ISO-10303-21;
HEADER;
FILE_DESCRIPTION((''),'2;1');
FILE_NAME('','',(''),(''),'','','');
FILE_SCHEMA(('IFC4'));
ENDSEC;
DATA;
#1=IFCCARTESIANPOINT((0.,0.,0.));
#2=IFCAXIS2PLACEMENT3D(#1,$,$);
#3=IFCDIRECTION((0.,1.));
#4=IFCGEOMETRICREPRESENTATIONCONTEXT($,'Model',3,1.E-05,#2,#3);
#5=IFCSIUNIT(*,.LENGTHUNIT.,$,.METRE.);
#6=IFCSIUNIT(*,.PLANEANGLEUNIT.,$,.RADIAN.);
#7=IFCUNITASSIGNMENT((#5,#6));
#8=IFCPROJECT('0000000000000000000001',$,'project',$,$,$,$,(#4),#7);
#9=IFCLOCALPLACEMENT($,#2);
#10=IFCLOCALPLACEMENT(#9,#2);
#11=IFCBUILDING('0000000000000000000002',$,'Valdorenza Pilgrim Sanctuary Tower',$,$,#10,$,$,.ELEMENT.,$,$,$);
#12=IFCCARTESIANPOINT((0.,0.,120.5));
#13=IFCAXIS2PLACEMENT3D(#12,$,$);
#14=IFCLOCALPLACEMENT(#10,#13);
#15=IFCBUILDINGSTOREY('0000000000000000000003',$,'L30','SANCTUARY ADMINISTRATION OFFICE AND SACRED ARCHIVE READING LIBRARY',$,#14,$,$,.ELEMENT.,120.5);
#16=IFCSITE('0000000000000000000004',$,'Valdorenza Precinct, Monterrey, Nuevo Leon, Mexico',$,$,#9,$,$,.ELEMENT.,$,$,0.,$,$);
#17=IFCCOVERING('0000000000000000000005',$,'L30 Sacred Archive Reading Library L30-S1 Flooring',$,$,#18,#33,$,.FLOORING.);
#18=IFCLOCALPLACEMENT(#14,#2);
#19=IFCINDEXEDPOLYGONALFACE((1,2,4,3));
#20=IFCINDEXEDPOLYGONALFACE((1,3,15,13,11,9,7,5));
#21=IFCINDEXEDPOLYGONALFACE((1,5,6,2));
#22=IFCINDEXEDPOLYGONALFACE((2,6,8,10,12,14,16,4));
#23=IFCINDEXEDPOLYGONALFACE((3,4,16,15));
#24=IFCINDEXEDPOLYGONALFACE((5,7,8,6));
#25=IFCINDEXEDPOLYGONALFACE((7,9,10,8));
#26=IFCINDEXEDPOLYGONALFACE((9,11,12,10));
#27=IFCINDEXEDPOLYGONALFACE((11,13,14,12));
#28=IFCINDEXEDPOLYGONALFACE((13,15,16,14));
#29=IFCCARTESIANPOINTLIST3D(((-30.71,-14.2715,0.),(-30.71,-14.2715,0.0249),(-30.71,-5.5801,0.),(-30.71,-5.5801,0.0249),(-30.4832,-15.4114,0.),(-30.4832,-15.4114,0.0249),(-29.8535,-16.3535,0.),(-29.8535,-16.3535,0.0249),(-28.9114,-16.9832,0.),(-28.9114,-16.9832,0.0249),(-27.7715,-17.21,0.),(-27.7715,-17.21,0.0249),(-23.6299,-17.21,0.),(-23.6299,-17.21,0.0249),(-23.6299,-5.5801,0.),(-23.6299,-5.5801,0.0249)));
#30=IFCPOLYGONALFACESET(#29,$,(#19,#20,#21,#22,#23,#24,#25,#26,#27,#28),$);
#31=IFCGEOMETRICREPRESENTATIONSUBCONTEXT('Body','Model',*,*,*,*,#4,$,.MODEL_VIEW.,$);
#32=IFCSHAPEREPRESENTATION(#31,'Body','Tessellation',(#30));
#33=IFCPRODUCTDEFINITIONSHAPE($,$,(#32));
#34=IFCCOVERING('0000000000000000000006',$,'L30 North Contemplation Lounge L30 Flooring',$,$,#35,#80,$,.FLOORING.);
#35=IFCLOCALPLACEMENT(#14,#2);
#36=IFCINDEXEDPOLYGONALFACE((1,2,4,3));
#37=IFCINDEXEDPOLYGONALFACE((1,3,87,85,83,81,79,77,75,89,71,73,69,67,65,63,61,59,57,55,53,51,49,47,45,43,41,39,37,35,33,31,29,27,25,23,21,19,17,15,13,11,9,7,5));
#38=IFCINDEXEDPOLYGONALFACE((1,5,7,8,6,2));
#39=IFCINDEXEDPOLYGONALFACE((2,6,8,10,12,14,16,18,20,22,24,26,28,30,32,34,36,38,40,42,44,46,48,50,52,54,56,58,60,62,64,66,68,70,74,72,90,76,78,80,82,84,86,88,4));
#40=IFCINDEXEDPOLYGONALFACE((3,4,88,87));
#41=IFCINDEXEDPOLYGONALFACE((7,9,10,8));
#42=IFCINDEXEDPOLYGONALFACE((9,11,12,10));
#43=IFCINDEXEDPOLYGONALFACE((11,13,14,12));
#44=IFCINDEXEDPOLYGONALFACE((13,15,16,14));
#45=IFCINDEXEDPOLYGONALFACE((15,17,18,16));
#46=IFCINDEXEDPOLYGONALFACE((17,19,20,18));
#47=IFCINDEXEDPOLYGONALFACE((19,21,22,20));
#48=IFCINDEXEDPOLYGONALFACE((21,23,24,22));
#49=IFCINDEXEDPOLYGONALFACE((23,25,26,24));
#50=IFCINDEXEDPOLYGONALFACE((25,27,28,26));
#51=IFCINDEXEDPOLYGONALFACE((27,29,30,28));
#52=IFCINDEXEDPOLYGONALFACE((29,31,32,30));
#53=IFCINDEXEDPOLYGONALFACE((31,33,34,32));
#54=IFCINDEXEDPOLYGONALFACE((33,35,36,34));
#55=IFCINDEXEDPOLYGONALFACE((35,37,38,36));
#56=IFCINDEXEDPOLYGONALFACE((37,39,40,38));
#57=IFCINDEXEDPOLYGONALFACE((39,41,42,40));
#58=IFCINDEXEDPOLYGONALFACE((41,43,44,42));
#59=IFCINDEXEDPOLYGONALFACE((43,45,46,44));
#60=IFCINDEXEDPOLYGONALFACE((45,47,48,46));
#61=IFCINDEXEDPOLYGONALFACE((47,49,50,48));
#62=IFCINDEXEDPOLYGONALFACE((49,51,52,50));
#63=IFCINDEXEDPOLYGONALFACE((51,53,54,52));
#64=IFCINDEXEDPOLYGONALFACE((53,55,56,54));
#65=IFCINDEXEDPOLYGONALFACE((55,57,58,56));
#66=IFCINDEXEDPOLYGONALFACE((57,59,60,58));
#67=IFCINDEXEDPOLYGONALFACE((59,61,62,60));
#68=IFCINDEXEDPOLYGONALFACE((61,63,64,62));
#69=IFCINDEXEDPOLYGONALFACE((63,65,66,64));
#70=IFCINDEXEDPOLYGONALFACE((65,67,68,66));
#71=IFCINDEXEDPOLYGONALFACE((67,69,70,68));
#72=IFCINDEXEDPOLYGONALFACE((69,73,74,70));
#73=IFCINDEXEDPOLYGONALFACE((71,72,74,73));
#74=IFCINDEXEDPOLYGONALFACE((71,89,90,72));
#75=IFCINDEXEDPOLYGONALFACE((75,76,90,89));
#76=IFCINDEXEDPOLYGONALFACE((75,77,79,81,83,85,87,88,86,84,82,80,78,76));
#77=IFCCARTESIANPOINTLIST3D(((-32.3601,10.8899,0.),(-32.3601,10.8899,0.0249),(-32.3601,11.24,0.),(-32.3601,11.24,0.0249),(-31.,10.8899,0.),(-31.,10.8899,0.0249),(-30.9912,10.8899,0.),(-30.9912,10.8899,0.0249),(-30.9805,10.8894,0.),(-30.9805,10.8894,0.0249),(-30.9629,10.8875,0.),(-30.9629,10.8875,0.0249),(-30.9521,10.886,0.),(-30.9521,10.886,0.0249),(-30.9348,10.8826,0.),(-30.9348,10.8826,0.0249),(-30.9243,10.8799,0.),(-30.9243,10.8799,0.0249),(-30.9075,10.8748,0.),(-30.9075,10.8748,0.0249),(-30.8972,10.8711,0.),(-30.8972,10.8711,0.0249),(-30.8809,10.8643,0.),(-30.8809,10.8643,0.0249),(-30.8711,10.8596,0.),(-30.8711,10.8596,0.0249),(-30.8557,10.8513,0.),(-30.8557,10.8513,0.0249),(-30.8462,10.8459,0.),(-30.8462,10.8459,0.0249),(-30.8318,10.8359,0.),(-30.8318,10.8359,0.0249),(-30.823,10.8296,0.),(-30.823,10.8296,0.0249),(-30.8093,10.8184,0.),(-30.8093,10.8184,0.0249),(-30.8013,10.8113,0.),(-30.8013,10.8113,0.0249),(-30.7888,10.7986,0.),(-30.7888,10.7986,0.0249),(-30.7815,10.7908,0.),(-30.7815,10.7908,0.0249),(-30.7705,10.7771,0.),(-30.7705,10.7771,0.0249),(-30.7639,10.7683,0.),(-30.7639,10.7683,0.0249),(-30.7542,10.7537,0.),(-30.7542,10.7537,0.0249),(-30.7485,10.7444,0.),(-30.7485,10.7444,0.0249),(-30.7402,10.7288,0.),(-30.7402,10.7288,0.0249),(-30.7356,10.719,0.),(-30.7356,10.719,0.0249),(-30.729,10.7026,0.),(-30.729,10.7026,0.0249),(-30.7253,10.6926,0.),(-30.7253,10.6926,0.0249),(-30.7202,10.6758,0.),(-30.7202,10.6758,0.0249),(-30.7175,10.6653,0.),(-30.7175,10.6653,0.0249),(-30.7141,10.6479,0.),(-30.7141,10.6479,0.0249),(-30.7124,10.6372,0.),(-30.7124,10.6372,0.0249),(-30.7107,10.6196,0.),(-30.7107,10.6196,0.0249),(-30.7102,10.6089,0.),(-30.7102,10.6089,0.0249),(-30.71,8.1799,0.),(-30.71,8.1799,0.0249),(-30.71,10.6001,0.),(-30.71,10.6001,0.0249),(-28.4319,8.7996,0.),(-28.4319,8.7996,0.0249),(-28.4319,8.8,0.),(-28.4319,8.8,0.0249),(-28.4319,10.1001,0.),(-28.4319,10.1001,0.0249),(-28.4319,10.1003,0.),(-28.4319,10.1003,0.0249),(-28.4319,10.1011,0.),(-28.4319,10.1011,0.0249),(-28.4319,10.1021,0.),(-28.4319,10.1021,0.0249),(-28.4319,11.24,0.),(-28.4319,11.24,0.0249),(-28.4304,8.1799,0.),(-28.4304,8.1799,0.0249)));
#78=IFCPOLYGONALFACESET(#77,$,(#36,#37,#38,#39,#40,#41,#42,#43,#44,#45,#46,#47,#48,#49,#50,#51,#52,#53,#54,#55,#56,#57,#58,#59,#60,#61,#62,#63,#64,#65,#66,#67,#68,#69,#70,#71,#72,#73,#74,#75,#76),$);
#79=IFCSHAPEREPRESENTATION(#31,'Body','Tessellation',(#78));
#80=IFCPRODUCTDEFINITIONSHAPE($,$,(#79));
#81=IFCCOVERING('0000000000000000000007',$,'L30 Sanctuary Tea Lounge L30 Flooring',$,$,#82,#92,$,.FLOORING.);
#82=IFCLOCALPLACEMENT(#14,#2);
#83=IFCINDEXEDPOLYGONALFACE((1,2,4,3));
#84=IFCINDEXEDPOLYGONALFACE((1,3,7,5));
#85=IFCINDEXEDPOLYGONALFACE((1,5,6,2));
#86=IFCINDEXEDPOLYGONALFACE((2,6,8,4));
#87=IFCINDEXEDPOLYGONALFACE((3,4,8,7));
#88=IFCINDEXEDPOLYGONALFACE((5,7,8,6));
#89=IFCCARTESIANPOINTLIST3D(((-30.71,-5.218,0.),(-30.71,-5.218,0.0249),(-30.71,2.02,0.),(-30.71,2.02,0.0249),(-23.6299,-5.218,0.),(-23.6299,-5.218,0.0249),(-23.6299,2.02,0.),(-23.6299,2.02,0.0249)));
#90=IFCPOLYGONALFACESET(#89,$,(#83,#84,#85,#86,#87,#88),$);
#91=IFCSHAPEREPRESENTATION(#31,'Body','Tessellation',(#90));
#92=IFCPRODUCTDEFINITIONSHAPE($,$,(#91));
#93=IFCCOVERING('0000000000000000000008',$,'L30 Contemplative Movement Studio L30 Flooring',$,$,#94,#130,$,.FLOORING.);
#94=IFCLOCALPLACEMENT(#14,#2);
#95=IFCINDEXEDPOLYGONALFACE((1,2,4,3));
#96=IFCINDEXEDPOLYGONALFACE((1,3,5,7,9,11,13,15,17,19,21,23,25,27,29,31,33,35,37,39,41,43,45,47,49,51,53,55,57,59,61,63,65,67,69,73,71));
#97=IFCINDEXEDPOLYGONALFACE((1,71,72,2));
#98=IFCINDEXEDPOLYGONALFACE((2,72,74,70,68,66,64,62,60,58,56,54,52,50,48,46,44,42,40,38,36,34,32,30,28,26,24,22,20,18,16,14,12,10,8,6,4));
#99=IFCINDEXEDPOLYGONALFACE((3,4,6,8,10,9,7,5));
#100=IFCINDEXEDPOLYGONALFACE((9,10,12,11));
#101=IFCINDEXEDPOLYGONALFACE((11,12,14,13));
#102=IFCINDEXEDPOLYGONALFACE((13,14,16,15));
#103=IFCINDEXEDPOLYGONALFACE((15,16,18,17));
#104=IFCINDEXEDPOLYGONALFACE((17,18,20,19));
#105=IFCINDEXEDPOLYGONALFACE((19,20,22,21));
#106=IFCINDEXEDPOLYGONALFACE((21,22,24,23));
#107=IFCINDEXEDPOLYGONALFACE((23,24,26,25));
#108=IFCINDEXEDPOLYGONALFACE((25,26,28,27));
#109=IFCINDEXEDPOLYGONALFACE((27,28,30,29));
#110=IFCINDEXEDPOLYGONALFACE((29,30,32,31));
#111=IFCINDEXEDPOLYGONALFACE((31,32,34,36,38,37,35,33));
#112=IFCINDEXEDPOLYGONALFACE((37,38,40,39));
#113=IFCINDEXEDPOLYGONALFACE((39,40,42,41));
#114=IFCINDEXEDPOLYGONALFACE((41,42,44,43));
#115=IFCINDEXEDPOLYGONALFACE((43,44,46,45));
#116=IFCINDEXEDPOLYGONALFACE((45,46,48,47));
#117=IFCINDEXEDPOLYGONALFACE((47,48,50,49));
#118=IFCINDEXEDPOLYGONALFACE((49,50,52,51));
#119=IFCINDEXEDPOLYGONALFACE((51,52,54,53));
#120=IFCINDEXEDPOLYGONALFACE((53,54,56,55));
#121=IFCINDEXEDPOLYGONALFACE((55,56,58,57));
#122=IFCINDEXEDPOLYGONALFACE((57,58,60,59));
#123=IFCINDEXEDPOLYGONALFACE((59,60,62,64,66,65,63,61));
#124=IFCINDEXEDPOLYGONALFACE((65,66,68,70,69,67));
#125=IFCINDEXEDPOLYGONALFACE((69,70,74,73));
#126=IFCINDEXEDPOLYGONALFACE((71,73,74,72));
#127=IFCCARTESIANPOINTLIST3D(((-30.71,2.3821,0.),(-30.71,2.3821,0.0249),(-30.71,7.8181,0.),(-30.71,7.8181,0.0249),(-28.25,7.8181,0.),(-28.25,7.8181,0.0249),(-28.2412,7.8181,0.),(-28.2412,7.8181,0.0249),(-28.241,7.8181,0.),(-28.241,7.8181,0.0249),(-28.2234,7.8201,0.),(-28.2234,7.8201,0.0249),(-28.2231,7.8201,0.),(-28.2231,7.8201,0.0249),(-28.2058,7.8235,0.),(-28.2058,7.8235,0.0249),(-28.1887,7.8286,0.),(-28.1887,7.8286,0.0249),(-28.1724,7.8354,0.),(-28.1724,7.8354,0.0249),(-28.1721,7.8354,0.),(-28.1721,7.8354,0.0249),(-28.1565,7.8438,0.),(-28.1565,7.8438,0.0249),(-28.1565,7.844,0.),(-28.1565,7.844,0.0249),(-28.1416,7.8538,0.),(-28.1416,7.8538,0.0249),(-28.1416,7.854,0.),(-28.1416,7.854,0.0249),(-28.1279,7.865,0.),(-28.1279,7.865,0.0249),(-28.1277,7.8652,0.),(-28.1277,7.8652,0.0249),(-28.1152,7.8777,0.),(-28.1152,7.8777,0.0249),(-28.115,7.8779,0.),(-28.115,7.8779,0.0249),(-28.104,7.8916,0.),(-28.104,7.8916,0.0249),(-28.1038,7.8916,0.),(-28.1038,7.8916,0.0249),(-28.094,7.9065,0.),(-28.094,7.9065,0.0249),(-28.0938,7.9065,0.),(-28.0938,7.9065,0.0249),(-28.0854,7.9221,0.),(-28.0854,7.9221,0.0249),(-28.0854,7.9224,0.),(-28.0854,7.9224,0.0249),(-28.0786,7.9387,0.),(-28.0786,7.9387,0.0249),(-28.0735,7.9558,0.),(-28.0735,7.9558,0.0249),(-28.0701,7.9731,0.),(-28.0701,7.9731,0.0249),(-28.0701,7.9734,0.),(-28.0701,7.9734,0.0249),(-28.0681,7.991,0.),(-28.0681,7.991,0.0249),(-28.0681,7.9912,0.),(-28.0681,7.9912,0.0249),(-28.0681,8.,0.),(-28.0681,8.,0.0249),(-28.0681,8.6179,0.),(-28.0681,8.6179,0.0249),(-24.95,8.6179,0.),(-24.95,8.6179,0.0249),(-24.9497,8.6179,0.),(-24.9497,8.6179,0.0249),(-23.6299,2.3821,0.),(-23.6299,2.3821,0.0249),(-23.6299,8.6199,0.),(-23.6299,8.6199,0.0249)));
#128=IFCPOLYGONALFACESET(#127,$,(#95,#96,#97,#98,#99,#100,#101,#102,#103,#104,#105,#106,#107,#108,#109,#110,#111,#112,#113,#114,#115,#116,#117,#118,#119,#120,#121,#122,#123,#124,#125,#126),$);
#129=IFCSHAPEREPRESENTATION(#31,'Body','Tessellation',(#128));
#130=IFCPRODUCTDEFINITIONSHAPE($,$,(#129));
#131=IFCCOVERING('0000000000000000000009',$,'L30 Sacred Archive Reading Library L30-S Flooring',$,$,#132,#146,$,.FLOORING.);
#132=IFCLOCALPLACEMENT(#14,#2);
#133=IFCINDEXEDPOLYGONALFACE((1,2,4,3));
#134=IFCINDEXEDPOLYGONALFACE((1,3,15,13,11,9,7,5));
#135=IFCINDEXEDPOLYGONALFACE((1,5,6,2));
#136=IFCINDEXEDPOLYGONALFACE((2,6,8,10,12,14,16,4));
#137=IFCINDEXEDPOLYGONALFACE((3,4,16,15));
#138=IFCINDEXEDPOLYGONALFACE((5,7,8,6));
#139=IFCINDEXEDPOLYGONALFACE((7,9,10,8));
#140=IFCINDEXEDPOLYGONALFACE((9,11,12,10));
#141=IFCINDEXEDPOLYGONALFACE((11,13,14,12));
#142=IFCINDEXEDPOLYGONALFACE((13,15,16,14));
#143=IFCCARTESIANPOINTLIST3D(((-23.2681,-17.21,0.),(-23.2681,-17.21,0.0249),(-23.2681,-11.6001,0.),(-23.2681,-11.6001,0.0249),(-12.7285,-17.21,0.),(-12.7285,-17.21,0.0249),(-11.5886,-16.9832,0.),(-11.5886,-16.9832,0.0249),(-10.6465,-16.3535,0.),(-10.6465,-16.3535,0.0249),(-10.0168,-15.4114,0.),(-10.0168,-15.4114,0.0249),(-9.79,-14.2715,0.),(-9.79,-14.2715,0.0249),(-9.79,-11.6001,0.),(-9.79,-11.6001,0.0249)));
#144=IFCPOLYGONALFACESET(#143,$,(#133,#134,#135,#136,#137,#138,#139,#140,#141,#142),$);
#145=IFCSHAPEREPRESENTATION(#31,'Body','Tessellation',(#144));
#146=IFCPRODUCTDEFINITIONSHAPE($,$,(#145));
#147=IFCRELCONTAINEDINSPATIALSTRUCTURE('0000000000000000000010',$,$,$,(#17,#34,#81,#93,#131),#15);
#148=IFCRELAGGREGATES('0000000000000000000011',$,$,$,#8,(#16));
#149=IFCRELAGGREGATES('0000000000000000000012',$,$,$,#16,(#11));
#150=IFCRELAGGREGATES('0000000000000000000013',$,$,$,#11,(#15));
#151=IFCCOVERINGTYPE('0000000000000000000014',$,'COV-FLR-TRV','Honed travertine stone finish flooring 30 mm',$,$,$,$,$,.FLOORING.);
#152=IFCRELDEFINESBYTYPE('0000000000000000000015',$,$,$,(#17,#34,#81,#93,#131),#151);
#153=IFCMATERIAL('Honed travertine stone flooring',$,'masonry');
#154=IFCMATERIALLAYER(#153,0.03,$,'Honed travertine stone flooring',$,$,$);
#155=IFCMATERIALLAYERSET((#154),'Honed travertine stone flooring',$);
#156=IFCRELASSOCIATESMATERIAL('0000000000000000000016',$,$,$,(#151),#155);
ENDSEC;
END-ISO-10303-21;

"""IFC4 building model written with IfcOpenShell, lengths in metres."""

from ifc_helpers import new_model, si_unit, direction, frame, origin, place, context, subcontext, project, spatial, polyline, outline, extrude, material, layer, layer_set, type_object, element, save


model = new_model("IFC4")

# Units and contexts
model_context = context("Model", 3, precision=1e-05, world=origin(), true_north=direction((0.0, 1.0)))
body_context = subcontext(model_context, "Body", "Model", "MODEL_VIEW")
ifc_project = project(units=[si_unit("LENGTHUNIT", "METRE"), si_unit("PLANEANGLEUNIT", "RADIAN")], contexts=[model_context])

# Site, building, storey
site_placement = place(None, origin())
site = spatial("IfcSite", under=ifc_project, at=site_placement, Name="Valdorenza Precinct, Monterrey, Nuevo Leon, Mexico", CompositionType="ELEMENT", RefElevation=0.0)
building_placement = place(site_placement, origin())
building = spatial("IfcBuilding", under=site, at=building_placement, Name="Valdorenza Pilgrim Sanctuary Tower", CompositionType="ELEMENT")
storey_placement = place(building_placement, frame((0.0, 0.0, 120.5)))
storey = spatial("IfcBuildingStorey", under=building, at=storey_placement, Name="L30", Description="SANCTUARY ADMINISTRATION OFFICE AND SACRED ARCHIVE READING LIBRARY", CompositionType="ELEMENT", Elevation=120.5)

# Coverings
ifc_material_1 = material(Name="Honed travertine stone flooring", Category="masonry")
ifc_layer_1 = layer(ifc_material_1, 0.03, Name="Honed travertine stone flooring")
ifc_layer_set_1 = layer_set([ifc_layer_1], Name="Honed travertine stone flooring")
covering_type_1 = type_object("IfcCoveringType", Name="COV-FLR-TRV", Description="Honed travertine stone finish flooring 30 mm", PredefinedType="FLOORING", material=ifc_layer_set_1)
covering_1_placement = place(storey_placement, origin())
element("IfcCovering", 1, at=covering_1_placement, inside=storey, type_object=covering_type_1, Name="L30 Sacred Archive Reading Library L30-S1 Flooring", PredefinedType="FLOORING", context=body_context, shape_type="SweptSolid", body=[
    extrude(outline(polyline([(-23.6299, -17.21), (-27.7715, -17.21), (-28.9114, -16.9832), (-29.8535, -16.3535), (-30.4832, -15.4114), (-30.71, -14.2715), (-30.71, -5.5801), (-23.6299, -5.5801), (-23.6299, -17.21)])), origin(), (0.0, 0.0, 1.0), 0.0249),
])
covering_2_placement = place(storey_placement, origin())
element("IfcCovering", 2, at=covering_2_placement, inside=storey, type_object=covering_type_1, Name="L30 North Contemplation Lounge L30 Flooring", PredefinedType="FLOORING", context=body_context, shape_type="SweptSolid", body=[
    extrude(outline(polyline([(-28.4319, 11.24), (-28.4319, 10.1021), (-28.4319, 10.1011), (-28.4319, 10.1003), (-28.4319, 10.1001), (-28.4319, 8.8), (-28.4319, 8.7996), (-28.4304, 8.1799), (-30.71, 8.1799), (-30.71, 10.6001), (-30.7102, 10.6089), (-30.7107, 10.6196), (-30.7124, 10.6372), (-30.7141, 10.6479), (-30.7175, 10.6653), (-30.7202, 10.6758), (-30.7253, 10.6926), (-30.729, 10.7026), (-30.7356, 10.719), (-30.7402, 10.7288), (-30.7485, 10.7444), (-30.7542, 10.7537), (-30.7639, 10.7683), (-30.7705, 10.7771), (-30.7815, 10.7908), (-30.7888, 10.7986), (-30.8013, 10.8113), (-30.8093, 10.8184), (-30.823, 10.8296), (-30.8318, 10.8359), (-30.8462, 10.8459), (-30.8557, 10.8513), (-30.8711, 10.8596), (-30.8809, 10.8643), (-30.8972, 10.8711), (-30.9075, 10.8748), (-30.9243, 10.8799), (-30.9348, 10.8826), (-30.9521, 10.886), (-30.9629, 10.8875), (-30.9805, 10.8894), (-30.9912, 10.8899), (-31.0, 10.8899), (-32.3601, 10.8899), (-32.3601, 11.24), (-28.4319, 11.24)])), origin(), (0.0, 0.0, 1.0), 0.0249),
])
covering_3_placement = place(storey_placement, origin())
element("IfcCovering", 3, at=covering_3_placement, inside=storey, type_object=covering_type_1, Name="L30 Sanctuary Tea Lounge L30 Flooring", PredefinedType="FLOORING", context=body_context, shape_type="SweptSolid", body=[
    extrude(outline(polyline([(-23.6299, -5.218), (-30.71, -5.218), (-30.71, 2.02), (-23.6299, 2.02), (-23.6299, -5.218)])), origin(), (0.0, 0.0, 1.0), 0.0249),
])
covering_4_placement = place(storey_placement, origin())
element("IfcCovering", 4, at=covering_4_placement, inside=storey, type_object=covering_type_1, Name="L30 Contemplative Movement Studio L30 Flooring", PredefinedType="FLOORING", context=body_context, shape_type="SweptSolid", body=[
    extrude(outline(polyline([(-23.6299, 8.6199), (-23.6299, 2.3821), (-30.71, 2.3821), (-30.71, 7.8181), (-28.25, 7.8181), (-28.2412, 7.8181), (-28.241, 7.8181), (-28.2234, 7.8201), (-28.2231, 7.8201), (-28.2058, 7.8235), (-28.2058, 7.8235), (-28.1887, 7.8286), (-28.1887, 7.8286), (-28.1724, 7.8354), (-28.1721, 7.8354), (-28.1565, 7.8438), (-28.1565, 7.844), (-28.1416, 7.8538), (-28.1416, 7.854), (-28.1279, 7.865), (-28.1277, 7.8652), (-28.1152, 7.8777), (-28.115, 7.8779), (-28.104, 7.8916), (-28.1038, 7.8916), (-28.094, 7.9065), (-28.0938, 7.9065), (-28.0854, 7.9221), (-28.0854, 7.9224), (-28.0786, 7.9387), (-28.0786, 7.9387), (-28.0735, 7.9558), (-28.0735, 7.9558), (-28.0701, 7.9731), (-28.0701, 7.9734), (-28.0681, 7.991), (-28.0681, 7.9912), (-28.0681, 8.0), (-28.0681, 8.6179), (-24.95, 8.6179), (-24.9497, 8.6179), (-23.6299, 8.6199)])), origin(), (0.0, 0.0, 1.0), 0.0249),
])
covering_5_placement = place(storey_placement, origin())
element("IfcCovering", 5, at=covering_5_placement, inside=storey, type_object=covering_type_1, Name="L30 Sacred Archive Reading Library L30-S Flooring", PredefinedType="FLOORING", context=body_context, shape_type="SweptSolid", body=[
    extrude(outline(polyline([(-9.79, -11.6001), (-9.79, -14.2715), (-10.0168, -15.4114), (-10.6465, -16.3535), (-11.5886, -16.9832), (-12.7285, -17.21), (-23.2681, -17.21), (-23.2681, -11.6001), (-9.79, -11.6001)])), origin(), (0.0, 0.0, 1.0), 0.0249),
])

save(model, "model.ifc")
